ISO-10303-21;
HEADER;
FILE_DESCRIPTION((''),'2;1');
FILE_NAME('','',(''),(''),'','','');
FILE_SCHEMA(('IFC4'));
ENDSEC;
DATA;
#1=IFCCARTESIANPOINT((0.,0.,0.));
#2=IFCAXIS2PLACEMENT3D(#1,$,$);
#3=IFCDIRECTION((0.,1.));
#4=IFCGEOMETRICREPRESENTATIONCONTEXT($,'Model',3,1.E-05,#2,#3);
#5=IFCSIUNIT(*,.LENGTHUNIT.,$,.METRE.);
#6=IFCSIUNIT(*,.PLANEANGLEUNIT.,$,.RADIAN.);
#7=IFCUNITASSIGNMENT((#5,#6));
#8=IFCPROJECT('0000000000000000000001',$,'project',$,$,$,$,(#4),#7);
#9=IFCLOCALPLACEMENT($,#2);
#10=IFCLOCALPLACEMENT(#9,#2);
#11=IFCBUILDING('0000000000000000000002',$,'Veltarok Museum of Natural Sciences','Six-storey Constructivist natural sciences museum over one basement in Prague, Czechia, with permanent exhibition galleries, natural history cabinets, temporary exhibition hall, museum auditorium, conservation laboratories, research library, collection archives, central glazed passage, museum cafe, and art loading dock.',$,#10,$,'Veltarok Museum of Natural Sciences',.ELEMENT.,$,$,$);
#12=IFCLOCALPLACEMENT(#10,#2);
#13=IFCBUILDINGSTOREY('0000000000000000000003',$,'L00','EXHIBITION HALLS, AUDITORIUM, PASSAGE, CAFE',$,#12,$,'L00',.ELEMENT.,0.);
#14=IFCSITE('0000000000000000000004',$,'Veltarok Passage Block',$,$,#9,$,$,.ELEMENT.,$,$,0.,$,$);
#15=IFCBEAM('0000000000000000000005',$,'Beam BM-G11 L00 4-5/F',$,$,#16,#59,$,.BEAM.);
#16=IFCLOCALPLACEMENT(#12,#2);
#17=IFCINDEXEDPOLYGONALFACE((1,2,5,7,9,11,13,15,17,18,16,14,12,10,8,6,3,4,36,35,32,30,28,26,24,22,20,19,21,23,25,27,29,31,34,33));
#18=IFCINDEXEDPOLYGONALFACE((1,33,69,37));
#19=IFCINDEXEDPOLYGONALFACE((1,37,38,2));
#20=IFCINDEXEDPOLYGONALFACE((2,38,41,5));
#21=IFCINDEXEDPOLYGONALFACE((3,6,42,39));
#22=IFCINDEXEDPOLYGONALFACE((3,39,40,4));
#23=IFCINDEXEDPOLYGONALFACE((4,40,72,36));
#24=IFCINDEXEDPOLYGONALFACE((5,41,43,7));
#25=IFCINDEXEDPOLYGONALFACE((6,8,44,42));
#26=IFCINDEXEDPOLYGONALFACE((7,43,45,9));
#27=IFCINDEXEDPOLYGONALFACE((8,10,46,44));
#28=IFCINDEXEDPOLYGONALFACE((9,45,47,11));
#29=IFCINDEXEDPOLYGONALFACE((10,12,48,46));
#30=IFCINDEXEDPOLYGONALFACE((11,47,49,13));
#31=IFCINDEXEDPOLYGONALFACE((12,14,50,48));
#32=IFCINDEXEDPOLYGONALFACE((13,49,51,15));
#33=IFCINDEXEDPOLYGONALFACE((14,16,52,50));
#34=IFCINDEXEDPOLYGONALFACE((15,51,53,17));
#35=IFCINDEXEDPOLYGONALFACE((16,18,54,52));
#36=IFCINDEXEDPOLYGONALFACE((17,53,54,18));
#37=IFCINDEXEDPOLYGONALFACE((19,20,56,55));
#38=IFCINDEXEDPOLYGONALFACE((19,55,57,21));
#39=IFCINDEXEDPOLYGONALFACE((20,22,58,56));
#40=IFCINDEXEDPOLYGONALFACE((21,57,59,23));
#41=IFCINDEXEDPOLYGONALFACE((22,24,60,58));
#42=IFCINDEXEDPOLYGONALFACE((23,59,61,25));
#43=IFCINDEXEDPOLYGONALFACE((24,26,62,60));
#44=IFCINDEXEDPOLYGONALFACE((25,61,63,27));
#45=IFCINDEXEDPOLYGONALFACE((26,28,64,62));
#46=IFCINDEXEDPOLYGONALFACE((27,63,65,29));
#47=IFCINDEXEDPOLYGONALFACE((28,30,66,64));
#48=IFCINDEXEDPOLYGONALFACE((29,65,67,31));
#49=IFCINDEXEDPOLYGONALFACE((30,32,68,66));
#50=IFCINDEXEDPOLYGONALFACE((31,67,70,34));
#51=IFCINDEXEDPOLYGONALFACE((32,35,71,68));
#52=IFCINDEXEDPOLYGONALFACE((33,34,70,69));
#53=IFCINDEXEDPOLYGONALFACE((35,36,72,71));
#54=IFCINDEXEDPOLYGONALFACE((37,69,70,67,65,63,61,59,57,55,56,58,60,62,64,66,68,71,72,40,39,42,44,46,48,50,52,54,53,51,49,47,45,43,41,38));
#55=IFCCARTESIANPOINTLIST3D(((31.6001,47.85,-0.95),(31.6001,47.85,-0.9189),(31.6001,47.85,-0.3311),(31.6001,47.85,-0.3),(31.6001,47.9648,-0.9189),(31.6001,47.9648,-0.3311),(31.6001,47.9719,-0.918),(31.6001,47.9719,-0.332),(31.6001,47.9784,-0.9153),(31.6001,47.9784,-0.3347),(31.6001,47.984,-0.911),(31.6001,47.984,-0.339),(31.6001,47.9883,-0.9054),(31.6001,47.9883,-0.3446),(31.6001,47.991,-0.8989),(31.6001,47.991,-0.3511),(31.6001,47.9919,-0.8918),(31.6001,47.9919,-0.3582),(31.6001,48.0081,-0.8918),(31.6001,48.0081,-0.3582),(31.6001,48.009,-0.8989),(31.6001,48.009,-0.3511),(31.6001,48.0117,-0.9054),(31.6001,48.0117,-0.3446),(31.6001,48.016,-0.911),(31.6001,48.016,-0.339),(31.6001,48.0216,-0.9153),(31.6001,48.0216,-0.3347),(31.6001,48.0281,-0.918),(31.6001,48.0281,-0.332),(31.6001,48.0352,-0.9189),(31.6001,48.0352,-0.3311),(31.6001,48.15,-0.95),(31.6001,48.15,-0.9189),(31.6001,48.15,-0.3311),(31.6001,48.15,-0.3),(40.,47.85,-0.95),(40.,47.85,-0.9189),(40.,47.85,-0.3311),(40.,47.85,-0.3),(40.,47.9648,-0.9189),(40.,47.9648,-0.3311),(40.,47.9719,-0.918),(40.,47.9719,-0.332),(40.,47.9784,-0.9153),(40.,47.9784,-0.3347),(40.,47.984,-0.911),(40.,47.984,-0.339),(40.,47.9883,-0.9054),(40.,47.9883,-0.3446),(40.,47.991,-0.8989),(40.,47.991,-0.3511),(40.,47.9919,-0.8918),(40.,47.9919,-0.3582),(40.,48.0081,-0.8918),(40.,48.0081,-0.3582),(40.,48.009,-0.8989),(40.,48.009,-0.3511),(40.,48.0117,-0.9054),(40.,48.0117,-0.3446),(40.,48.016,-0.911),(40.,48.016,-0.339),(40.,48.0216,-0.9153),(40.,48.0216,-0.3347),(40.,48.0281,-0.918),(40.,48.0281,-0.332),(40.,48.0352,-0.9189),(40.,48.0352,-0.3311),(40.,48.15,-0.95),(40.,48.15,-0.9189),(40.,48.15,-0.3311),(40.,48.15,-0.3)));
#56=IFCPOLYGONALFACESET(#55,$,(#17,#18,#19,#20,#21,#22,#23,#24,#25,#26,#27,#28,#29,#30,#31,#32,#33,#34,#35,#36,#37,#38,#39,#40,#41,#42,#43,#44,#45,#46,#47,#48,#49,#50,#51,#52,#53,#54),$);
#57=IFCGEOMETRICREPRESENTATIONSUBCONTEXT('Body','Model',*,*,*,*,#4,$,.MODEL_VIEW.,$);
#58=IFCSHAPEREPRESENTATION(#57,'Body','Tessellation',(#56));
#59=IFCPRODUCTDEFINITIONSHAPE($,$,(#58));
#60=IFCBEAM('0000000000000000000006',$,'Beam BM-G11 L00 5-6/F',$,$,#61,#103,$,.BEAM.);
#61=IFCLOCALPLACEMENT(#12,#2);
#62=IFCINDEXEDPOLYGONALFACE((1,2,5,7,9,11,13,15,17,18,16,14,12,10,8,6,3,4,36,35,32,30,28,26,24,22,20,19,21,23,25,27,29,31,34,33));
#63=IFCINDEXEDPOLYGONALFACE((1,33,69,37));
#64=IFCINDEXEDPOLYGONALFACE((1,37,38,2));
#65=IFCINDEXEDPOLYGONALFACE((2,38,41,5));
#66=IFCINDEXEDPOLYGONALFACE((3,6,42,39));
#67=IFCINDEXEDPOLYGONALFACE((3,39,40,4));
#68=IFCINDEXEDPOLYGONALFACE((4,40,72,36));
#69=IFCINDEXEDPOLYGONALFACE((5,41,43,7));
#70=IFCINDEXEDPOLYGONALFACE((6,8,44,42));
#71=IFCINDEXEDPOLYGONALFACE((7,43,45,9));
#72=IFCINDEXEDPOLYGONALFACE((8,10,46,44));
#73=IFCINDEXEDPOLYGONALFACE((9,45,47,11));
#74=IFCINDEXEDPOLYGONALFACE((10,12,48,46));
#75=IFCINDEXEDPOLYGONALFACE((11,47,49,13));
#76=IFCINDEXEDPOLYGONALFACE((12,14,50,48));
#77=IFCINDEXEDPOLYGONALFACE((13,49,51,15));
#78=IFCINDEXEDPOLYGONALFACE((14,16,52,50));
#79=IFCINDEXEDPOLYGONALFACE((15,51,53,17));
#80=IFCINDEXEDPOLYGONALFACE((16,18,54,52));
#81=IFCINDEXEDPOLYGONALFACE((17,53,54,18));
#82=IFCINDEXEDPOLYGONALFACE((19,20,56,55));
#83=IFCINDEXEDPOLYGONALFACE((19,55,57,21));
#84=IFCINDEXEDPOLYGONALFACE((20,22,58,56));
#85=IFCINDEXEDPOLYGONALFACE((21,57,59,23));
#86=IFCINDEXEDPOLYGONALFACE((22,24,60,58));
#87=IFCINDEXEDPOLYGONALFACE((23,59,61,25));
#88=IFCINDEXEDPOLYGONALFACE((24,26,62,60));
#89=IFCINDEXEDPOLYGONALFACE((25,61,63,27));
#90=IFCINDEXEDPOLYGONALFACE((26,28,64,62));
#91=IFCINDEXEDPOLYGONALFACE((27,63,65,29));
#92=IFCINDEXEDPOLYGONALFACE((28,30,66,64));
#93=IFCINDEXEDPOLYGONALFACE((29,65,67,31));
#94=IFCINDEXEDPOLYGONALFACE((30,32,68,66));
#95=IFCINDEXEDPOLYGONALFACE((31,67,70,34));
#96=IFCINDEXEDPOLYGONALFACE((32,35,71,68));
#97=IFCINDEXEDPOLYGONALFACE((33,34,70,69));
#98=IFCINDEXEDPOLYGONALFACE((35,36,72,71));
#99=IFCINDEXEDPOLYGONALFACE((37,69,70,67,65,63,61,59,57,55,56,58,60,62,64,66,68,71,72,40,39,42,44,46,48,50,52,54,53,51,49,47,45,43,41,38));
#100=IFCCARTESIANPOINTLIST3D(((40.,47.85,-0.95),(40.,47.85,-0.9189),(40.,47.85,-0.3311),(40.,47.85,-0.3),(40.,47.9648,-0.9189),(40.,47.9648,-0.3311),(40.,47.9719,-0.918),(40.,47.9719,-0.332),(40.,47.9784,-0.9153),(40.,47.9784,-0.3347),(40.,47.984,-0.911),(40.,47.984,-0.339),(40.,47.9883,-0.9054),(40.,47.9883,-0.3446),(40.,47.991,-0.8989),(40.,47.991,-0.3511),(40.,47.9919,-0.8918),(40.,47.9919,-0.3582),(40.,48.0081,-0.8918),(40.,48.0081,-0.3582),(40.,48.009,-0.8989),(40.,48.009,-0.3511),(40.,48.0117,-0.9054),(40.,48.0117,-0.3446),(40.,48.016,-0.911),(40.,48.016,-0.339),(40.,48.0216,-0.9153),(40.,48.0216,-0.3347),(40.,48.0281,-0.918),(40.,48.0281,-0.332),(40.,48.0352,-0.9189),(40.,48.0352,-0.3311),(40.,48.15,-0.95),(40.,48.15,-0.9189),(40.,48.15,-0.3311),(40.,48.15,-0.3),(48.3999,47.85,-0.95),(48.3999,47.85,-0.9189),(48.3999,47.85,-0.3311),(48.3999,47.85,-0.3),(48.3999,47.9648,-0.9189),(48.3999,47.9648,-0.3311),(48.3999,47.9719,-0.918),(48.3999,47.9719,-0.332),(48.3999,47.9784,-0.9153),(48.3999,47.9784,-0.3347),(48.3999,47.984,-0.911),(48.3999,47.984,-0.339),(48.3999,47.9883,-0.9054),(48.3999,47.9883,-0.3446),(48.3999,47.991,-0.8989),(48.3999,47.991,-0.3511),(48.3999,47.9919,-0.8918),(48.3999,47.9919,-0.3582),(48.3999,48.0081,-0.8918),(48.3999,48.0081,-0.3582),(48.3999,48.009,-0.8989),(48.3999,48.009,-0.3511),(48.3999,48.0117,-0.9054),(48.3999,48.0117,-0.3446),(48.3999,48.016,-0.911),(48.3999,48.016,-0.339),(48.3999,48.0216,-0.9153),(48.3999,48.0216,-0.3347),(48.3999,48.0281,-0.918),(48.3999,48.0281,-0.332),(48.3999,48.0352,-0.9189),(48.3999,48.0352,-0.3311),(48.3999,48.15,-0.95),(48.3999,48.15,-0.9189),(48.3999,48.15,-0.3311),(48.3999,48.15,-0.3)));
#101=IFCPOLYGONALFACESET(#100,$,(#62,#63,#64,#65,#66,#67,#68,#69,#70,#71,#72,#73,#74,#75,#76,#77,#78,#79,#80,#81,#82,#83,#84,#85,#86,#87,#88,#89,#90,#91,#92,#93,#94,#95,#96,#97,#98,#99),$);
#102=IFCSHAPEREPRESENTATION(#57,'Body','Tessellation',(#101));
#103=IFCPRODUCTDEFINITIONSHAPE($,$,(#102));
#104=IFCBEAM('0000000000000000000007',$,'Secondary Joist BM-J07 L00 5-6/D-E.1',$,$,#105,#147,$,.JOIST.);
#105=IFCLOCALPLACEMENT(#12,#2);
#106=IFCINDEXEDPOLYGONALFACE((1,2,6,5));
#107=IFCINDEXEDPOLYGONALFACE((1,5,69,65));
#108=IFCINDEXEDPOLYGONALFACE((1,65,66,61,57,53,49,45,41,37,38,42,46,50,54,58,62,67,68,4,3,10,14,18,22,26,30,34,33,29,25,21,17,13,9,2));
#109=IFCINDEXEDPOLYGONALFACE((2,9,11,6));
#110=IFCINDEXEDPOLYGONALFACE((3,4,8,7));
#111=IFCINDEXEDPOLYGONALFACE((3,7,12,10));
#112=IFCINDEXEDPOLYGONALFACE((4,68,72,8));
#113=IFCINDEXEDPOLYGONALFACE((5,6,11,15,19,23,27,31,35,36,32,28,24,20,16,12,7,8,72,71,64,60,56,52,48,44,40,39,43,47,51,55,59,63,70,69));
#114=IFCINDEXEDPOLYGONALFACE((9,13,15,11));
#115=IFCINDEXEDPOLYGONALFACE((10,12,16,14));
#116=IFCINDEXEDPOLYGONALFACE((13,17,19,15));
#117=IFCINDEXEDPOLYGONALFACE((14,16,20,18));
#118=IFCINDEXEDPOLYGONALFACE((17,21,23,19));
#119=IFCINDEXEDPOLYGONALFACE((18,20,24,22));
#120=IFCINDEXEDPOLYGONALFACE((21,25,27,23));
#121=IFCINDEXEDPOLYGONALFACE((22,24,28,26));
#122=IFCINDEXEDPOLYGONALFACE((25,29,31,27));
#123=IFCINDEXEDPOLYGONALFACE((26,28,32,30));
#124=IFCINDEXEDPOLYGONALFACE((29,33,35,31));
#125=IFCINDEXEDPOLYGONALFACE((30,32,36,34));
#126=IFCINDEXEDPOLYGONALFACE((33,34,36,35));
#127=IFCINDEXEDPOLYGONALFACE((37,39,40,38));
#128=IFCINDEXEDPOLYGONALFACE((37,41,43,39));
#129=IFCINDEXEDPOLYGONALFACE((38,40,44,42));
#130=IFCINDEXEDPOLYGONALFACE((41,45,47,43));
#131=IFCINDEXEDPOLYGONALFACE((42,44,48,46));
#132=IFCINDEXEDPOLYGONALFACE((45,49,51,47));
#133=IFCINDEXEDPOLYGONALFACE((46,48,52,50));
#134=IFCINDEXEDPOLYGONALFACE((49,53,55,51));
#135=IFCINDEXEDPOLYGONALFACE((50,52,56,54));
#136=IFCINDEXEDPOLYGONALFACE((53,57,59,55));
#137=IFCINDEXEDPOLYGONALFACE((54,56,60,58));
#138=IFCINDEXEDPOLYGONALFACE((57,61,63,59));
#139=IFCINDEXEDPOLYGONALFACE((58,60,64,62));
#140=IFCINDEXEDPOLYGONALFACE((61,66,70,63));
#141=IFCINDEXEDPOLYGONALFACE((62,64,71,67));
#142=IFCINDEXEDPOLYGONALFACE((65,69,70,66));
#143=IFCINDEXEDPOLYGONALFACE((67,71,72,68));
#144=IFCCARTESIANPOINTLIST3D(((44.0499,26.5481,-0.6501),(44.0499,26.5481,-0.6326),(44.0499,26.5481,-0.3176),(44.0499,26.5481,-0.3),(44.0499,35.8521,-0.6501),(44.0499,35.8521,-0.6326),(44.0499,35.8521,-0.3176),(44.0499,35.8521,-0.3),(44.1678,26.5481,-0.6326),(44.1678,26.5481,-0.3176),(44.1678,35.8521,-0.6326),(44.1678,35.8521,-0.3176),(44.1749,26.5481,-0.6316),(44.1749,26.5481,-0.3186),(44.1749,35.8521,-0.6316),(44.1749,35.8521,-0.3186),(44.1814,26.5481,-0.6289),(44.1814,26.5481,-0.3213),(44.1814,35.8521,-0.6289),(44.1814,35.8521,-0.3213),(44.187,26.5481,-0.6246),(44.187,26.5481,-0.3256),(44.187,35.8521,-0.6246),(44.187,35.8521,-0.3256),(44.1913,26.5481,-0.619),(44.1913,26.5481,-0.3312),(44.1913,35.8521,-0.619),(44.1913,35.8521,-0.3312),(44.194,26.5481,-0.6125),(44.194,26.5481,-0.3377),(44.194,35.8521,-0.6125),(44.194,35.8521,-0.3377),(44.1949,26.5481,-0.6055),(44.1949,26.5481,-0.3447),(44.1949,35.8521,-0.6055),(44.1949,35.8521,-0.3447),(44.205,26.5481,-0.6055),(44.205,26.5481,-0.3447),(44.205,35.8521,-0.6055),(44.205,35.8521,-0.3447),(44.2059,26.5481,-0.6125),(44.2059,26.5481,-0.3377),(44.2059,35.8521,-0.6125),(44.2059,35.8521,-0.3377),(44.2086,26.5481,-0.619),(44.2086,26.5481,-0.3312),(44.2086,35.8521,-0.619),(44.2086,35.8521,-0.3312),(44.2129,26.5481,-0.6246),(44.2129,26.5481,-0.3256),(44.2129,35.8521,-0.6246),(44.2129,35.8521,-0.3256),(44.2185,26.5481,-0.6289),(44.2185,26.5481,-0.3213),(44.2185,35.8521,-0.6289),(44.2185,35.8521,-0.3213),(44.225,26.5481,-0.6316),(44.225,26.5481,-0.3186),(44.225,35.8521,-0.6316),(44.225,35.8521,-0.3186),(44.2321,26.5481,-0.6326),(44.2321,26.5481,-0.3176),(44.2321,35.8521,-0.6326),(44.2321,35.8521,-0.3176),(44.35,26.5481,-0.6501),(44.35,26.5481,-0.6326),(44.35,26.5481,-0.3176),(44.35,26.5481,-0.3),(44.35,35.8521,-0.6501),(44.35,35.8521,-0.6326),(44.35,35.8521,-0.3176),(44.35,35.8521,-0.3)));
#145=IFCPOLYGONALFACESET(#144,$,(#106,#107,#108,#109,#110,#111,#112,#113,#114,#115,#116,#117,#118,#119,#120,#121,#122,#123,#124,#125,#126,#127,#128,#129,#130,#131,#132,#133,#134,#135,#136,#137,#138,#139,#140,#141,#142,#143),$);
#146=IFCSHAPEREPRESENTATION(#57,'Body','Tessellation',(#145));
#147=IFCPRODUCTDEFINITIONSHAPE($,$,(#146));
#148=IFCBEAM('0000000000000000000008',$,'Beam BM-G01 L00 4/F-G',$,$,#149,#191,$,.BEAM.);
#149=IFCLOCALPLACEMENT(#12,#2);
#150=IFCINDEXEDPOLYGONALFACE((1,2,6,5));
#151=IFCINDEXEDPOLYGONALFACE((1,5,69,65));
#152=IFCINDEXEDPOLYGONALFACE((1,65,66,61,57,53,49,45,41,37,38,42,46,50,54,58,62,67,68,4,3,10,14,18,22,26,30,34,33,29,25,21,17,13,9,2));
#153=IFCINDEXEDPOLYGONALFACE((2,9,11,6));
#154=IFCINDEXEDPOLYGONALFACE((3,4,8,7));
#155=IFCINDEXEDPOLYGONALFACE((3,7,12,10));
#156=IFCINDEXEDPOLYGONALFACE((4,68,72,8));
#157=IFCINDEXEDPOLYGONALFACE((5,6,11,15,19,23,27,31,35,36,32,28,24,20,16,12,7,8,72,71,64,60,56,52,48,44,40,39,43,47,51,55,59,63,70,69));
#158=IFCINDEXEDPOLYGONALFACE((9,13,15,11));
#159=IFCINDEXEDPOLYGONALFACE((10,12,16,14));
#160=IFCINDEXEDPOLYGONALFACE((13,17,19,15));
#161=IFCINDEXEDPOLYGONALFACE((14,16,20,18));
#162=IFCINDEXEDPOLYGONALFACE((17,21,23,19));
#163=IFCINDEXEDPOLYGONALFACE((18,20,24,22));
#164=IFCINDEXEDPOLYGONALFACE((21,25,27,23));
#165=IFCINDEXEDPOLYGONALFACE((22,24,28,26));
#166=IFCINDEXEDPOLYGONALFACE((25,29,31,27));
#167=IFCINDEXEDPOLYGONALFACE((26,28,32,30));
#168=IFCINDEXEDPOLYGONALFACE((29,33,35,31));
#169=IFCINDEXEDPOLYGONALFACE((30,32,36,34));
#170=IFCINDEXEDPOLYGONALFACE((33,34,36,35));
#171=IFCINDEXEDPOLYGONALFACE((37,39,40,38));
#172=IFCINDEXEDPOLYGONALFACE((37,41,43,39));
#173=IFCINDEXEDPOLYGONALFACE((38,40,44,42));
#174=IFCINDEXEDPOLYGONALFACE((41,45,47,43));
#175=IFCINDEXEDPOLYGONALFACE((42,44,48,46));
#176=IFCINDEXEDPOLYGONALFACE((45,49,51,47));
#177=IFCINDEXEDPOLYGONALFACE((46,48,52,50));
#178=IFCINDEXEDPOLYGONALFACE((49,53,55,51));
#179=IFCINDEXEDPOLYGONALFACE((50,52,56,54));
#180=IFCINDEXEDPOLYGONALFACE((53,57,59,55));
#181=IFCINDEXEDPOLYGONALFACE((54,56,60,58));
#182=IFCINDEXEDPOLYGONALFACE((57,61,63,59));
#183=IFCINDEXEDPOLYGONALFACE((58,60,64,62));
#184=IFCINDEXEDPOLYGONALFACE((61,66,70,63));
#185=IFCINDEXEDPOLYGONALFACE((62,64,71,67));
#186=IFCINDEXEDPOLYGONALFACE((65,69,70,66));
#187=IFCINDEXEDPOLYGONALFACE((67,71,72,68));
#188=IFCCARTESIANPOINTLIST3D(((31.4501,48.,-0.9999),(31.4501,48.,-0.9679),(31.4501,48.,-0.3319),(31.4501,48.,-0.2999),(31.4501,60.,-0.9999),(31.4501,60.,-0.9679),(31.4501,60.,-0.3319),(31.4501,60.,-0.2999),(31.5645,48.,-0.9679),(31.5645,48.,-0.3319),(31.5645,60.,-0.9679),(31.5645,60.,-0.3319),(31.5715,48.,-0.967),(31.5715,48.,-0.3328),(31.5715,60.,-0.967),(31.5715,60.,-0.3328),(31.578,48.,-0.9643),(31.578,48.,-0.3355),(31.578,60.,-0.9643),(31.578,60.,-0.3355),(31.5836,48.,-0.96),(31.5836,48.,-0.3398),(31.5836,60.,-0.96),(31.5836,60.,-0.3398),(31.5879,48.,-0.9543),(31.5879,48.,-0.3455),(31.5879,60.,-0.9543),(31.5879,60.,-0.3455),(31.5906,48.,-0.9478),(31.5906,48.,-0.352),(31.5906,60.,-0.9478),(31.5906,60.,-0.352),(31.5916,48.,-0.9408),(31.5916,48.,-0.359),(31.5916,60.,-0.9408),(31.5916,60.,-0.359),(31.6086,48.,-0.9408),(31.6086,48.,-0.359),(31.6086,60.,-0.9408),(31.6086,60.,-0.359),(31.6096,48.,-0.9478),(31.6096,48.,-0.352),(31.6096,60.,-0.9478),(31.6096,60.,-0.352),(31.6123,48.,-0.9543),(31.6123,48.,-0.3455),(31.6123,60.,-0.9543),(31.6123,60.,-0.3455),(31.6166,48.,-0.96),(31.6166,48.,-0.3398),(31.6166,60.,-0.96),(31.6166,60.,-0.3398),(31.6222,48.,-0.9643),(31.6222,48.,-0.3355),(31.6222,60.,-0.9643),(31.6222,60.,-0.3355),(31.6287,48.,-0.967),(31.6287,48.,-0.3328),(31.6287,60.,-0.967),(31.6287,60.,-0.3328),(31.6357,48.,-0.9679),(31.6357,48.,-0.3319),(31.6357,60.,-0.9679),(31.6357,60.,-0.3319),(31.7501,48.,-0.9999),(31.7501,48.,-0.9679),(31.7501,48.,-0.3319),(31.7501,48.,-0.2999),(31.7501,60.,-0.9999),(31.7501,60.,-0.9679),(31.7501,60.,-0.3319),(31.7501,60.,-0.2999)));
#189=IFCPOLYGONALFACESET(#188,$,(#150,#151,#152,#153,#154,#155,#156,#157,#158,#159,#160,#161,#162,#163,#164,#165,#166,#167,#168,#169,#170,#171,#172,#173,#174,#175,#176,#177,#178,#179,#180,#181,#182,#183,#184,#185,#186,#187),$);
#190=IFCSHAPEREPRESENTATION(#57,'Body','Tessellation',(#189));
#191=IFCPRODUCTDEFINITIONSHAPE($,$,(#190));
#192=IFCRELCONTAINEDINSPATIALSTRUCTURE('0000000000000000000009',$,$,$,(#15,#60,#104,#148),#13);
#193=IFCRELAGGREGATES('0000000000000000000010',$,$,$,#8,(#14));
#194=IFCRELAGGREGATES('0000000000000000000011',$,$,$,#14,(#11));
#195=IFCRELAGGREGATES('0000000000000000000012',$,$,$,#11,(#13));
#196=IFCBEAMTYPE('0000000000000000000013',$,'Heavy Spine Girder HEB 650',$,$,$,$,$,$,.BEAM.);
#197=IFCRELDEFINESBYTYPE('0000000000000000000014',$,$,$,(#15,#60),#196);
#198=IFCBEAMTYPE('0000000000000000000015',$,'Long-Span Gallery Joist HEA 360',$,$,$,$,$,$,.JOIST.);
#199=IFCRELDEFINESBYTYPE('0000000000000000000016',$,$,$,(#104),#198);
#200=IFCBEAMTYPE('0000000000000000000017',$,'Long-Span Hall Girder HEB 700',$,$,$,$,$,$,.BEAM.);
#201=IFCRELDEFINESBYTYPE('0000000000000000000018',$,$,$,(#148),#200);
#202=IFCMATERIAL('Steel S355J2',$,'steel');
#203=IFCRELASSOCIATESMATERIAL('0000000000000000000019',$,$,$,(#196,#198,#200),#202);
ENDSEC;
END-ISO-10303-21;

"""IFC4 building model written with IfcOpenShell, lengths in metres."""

from ifc_helpers import new_model, si_unit, direction, frame, origin, origin_2d, place, context, subcontext, project, spatial, i_section, extrude, material, material_profile, profile_set, type_object, element, save


model = new_model("IFC4")

# Units and contexts
model_context = context("Model", 3, precision=1e-05, world=origin(), true_north=direction((0.0, 1.0)))
body_context = subcontext(model_context, "Body", "Model", "MODEL_VIEW")
ifc_project = project(units=[si_unit("LENGTHUNIT", "METRE"), si_unit("PLANEANGLEUNIT", "RADIAN")], contexts=[model_context])

# Site, building, storey
site_placement = place(None, origin())
site = spatial("IfcSite", under=ifc_project, at=site_placement, Name="Veltarok Passage Block", CompositionType="ELEMENT", RefElevation=0.0)
building_placement = place(site_placement, origin())
building = spatial("IfcBuilding", under=site, at=building_placement, Name="Veltarok Museum of Natural Sciences", Description="Six-storey Constructivist natural sciences museum over one basement in Prague, Czechia, with permanent exhibition galleries, natural history cabinets, temporary exhibition hall, museum auditorium, conservation laboratories, research library, collection archives, central glazed passage, museum cafe, and art loading dock.", LongName="Veltarok Museum of Natural Sciences", CompositionType="ELEMENT")
storey_placement = place(building_placement, origin())
storey = spatial("IfcBuildingStorey", under=building, at=storey_placement, Name="L00", Description="EXHIBITION HALLS, AUDITORIUM, PASSAGE, CAFE", LongName="L00", CompositionType="ELEMENT", Elevation=0.0)

# Shared definitions
ifc_material_1 = material(Name="Steel S355J2", Category="steel")

# Beams
ifc_material_profile_1 = material_profile(ifc_material_1, i_section(OverallWidth=0.3, OverallDepth=0.6499, WebThickness=0.0161, FlangeThickness=0.031, FilletRadius=0.0271, at=origin_2d()), Name="HEB 650")
ifc_profile_set_1 = profile_set([ifc_material_profile_1], Name="Steel S355J2")
beam_type_1 = type_object("IfcBeamType", Name="Heavy Spine Girder HEB 650", PredefinedType="BEAM", material=ifc_profile_set_1)
for number, where, z_axis, x_axis, name in (
    (1, (31.6001, 48.0, -0.625), (1.0, 0.0, 0.0), (0.0, 1.0, 0.0), "Beam BM-G11 L00 4-5/F"),
    (2, (40.0, 48.0, -0.625), (1.0, 0.0, 0.0), (0.0, 1.0, 0.0), "Beam BM-G11 L00 5-6/F"),
):
    element("IfcBeam", number, at=place(storey_placement, frame(where, z_axis=z_axis, x_axis=x_axis)), inside=storey, type_object=beam_type_1, Name=name, PredefinedType="BEAM", context=body_context, shape_type="SweptSolid", body=[
        extrude(i_section(OverallWidth=0.3, OverallDepth=0.6499, WebThickness=0.0161, FlangeThickness=0.031, FilletRadius=0.0271, at=origin_2d()), origin(), (0.0, 0.0, 1.0), 8.3999),
    ])
ifc_material_profile_2 = material_profile(ifc_material_1, i_section(OverallWidth=0.3, OverallDepth=0.3501, WebThickness=0.01, FlangeThickness=0.0176, FilletRadius=0.0271, at=origin_2d()), Name="HEA 360")
ifc_profile_set_2 = profile_set([ifc_material_profile_2], Name="Steel S355J2")
beam_type_2 = type_object("IfcBeamType", Name="Long-Span Gallery Joist HEA 360", PredefinedType="JOIST", material=ifc_profile_set_2)
beam_placement = place(storey_placement, frame((44.2, 26.5481, -0.4751), z_axis=(0.0, 1.0, 0.0), x_axis=(-1.0, 0.0, 0.0)))
element("IfcBeam", 3, at=beam_placement, inside=storey, type_object=beam_type_2, Name="Secondary Joist BM-J07 L00 5-6/D-E.1", PredefinedType="JOIST", context=body_context, shape_type="SweptSolid", body=[
    extrude(i_section(OverallWidth=0.3, OverallDepth=0.3501, WebThickness=0.01, FlangeThickness=0.0176, FilletRadius=0.0271, at=origin_2d()), origin(), (0.0, 0.0, 1.0), 9.304),
])
ifc_material_profile_3 = material_profile(ifc_material_1, i_section(OverallWidth=0.3, OverallDepth=0.7, WebThickness=0.0171, FlangeThickness=0.032, FilletRadius=0.0271, at=origin_2d()), Name="HEB 700")
ifc_profile_set_3 = profile_set([ifc_material_profile_3], Name="Steel S355J2")
beam_type_3 = type_object("IfcBeamType", Name="Long-Span Hall Girder HEB 700", PredefinedType="BEAM", material=ifc_profile_set_3)
for number, where, z_axis, x_axis, name in (
    (4, (31.6001, 48.0, -0.6499), (0.0, 1.0, 0.0), (-1.0, 0.0, 0.0), "Beam BM-G01 L00 4/F-G"),
):
    element("IfcBeam", number, at=place(storey_placement, frame(where, z_axis=z_axis, x_axis=x_axis)), inside=storey, type_object=beam_type_3, Name=name, PredefinedType="BEAM", context=body_context, shape_type="SweptSolid", body=[
        extrude(i_section(OverallWidth=0.3, OverallDepth=0.7, WebThickness=0.0171, FlangeThickness=0.032, FilletRadius=0.0271, at=origin_2d()), origin(), (0.0, 0.0, 1.0), 12.0),
    ])

save(model, "model.ifc")
